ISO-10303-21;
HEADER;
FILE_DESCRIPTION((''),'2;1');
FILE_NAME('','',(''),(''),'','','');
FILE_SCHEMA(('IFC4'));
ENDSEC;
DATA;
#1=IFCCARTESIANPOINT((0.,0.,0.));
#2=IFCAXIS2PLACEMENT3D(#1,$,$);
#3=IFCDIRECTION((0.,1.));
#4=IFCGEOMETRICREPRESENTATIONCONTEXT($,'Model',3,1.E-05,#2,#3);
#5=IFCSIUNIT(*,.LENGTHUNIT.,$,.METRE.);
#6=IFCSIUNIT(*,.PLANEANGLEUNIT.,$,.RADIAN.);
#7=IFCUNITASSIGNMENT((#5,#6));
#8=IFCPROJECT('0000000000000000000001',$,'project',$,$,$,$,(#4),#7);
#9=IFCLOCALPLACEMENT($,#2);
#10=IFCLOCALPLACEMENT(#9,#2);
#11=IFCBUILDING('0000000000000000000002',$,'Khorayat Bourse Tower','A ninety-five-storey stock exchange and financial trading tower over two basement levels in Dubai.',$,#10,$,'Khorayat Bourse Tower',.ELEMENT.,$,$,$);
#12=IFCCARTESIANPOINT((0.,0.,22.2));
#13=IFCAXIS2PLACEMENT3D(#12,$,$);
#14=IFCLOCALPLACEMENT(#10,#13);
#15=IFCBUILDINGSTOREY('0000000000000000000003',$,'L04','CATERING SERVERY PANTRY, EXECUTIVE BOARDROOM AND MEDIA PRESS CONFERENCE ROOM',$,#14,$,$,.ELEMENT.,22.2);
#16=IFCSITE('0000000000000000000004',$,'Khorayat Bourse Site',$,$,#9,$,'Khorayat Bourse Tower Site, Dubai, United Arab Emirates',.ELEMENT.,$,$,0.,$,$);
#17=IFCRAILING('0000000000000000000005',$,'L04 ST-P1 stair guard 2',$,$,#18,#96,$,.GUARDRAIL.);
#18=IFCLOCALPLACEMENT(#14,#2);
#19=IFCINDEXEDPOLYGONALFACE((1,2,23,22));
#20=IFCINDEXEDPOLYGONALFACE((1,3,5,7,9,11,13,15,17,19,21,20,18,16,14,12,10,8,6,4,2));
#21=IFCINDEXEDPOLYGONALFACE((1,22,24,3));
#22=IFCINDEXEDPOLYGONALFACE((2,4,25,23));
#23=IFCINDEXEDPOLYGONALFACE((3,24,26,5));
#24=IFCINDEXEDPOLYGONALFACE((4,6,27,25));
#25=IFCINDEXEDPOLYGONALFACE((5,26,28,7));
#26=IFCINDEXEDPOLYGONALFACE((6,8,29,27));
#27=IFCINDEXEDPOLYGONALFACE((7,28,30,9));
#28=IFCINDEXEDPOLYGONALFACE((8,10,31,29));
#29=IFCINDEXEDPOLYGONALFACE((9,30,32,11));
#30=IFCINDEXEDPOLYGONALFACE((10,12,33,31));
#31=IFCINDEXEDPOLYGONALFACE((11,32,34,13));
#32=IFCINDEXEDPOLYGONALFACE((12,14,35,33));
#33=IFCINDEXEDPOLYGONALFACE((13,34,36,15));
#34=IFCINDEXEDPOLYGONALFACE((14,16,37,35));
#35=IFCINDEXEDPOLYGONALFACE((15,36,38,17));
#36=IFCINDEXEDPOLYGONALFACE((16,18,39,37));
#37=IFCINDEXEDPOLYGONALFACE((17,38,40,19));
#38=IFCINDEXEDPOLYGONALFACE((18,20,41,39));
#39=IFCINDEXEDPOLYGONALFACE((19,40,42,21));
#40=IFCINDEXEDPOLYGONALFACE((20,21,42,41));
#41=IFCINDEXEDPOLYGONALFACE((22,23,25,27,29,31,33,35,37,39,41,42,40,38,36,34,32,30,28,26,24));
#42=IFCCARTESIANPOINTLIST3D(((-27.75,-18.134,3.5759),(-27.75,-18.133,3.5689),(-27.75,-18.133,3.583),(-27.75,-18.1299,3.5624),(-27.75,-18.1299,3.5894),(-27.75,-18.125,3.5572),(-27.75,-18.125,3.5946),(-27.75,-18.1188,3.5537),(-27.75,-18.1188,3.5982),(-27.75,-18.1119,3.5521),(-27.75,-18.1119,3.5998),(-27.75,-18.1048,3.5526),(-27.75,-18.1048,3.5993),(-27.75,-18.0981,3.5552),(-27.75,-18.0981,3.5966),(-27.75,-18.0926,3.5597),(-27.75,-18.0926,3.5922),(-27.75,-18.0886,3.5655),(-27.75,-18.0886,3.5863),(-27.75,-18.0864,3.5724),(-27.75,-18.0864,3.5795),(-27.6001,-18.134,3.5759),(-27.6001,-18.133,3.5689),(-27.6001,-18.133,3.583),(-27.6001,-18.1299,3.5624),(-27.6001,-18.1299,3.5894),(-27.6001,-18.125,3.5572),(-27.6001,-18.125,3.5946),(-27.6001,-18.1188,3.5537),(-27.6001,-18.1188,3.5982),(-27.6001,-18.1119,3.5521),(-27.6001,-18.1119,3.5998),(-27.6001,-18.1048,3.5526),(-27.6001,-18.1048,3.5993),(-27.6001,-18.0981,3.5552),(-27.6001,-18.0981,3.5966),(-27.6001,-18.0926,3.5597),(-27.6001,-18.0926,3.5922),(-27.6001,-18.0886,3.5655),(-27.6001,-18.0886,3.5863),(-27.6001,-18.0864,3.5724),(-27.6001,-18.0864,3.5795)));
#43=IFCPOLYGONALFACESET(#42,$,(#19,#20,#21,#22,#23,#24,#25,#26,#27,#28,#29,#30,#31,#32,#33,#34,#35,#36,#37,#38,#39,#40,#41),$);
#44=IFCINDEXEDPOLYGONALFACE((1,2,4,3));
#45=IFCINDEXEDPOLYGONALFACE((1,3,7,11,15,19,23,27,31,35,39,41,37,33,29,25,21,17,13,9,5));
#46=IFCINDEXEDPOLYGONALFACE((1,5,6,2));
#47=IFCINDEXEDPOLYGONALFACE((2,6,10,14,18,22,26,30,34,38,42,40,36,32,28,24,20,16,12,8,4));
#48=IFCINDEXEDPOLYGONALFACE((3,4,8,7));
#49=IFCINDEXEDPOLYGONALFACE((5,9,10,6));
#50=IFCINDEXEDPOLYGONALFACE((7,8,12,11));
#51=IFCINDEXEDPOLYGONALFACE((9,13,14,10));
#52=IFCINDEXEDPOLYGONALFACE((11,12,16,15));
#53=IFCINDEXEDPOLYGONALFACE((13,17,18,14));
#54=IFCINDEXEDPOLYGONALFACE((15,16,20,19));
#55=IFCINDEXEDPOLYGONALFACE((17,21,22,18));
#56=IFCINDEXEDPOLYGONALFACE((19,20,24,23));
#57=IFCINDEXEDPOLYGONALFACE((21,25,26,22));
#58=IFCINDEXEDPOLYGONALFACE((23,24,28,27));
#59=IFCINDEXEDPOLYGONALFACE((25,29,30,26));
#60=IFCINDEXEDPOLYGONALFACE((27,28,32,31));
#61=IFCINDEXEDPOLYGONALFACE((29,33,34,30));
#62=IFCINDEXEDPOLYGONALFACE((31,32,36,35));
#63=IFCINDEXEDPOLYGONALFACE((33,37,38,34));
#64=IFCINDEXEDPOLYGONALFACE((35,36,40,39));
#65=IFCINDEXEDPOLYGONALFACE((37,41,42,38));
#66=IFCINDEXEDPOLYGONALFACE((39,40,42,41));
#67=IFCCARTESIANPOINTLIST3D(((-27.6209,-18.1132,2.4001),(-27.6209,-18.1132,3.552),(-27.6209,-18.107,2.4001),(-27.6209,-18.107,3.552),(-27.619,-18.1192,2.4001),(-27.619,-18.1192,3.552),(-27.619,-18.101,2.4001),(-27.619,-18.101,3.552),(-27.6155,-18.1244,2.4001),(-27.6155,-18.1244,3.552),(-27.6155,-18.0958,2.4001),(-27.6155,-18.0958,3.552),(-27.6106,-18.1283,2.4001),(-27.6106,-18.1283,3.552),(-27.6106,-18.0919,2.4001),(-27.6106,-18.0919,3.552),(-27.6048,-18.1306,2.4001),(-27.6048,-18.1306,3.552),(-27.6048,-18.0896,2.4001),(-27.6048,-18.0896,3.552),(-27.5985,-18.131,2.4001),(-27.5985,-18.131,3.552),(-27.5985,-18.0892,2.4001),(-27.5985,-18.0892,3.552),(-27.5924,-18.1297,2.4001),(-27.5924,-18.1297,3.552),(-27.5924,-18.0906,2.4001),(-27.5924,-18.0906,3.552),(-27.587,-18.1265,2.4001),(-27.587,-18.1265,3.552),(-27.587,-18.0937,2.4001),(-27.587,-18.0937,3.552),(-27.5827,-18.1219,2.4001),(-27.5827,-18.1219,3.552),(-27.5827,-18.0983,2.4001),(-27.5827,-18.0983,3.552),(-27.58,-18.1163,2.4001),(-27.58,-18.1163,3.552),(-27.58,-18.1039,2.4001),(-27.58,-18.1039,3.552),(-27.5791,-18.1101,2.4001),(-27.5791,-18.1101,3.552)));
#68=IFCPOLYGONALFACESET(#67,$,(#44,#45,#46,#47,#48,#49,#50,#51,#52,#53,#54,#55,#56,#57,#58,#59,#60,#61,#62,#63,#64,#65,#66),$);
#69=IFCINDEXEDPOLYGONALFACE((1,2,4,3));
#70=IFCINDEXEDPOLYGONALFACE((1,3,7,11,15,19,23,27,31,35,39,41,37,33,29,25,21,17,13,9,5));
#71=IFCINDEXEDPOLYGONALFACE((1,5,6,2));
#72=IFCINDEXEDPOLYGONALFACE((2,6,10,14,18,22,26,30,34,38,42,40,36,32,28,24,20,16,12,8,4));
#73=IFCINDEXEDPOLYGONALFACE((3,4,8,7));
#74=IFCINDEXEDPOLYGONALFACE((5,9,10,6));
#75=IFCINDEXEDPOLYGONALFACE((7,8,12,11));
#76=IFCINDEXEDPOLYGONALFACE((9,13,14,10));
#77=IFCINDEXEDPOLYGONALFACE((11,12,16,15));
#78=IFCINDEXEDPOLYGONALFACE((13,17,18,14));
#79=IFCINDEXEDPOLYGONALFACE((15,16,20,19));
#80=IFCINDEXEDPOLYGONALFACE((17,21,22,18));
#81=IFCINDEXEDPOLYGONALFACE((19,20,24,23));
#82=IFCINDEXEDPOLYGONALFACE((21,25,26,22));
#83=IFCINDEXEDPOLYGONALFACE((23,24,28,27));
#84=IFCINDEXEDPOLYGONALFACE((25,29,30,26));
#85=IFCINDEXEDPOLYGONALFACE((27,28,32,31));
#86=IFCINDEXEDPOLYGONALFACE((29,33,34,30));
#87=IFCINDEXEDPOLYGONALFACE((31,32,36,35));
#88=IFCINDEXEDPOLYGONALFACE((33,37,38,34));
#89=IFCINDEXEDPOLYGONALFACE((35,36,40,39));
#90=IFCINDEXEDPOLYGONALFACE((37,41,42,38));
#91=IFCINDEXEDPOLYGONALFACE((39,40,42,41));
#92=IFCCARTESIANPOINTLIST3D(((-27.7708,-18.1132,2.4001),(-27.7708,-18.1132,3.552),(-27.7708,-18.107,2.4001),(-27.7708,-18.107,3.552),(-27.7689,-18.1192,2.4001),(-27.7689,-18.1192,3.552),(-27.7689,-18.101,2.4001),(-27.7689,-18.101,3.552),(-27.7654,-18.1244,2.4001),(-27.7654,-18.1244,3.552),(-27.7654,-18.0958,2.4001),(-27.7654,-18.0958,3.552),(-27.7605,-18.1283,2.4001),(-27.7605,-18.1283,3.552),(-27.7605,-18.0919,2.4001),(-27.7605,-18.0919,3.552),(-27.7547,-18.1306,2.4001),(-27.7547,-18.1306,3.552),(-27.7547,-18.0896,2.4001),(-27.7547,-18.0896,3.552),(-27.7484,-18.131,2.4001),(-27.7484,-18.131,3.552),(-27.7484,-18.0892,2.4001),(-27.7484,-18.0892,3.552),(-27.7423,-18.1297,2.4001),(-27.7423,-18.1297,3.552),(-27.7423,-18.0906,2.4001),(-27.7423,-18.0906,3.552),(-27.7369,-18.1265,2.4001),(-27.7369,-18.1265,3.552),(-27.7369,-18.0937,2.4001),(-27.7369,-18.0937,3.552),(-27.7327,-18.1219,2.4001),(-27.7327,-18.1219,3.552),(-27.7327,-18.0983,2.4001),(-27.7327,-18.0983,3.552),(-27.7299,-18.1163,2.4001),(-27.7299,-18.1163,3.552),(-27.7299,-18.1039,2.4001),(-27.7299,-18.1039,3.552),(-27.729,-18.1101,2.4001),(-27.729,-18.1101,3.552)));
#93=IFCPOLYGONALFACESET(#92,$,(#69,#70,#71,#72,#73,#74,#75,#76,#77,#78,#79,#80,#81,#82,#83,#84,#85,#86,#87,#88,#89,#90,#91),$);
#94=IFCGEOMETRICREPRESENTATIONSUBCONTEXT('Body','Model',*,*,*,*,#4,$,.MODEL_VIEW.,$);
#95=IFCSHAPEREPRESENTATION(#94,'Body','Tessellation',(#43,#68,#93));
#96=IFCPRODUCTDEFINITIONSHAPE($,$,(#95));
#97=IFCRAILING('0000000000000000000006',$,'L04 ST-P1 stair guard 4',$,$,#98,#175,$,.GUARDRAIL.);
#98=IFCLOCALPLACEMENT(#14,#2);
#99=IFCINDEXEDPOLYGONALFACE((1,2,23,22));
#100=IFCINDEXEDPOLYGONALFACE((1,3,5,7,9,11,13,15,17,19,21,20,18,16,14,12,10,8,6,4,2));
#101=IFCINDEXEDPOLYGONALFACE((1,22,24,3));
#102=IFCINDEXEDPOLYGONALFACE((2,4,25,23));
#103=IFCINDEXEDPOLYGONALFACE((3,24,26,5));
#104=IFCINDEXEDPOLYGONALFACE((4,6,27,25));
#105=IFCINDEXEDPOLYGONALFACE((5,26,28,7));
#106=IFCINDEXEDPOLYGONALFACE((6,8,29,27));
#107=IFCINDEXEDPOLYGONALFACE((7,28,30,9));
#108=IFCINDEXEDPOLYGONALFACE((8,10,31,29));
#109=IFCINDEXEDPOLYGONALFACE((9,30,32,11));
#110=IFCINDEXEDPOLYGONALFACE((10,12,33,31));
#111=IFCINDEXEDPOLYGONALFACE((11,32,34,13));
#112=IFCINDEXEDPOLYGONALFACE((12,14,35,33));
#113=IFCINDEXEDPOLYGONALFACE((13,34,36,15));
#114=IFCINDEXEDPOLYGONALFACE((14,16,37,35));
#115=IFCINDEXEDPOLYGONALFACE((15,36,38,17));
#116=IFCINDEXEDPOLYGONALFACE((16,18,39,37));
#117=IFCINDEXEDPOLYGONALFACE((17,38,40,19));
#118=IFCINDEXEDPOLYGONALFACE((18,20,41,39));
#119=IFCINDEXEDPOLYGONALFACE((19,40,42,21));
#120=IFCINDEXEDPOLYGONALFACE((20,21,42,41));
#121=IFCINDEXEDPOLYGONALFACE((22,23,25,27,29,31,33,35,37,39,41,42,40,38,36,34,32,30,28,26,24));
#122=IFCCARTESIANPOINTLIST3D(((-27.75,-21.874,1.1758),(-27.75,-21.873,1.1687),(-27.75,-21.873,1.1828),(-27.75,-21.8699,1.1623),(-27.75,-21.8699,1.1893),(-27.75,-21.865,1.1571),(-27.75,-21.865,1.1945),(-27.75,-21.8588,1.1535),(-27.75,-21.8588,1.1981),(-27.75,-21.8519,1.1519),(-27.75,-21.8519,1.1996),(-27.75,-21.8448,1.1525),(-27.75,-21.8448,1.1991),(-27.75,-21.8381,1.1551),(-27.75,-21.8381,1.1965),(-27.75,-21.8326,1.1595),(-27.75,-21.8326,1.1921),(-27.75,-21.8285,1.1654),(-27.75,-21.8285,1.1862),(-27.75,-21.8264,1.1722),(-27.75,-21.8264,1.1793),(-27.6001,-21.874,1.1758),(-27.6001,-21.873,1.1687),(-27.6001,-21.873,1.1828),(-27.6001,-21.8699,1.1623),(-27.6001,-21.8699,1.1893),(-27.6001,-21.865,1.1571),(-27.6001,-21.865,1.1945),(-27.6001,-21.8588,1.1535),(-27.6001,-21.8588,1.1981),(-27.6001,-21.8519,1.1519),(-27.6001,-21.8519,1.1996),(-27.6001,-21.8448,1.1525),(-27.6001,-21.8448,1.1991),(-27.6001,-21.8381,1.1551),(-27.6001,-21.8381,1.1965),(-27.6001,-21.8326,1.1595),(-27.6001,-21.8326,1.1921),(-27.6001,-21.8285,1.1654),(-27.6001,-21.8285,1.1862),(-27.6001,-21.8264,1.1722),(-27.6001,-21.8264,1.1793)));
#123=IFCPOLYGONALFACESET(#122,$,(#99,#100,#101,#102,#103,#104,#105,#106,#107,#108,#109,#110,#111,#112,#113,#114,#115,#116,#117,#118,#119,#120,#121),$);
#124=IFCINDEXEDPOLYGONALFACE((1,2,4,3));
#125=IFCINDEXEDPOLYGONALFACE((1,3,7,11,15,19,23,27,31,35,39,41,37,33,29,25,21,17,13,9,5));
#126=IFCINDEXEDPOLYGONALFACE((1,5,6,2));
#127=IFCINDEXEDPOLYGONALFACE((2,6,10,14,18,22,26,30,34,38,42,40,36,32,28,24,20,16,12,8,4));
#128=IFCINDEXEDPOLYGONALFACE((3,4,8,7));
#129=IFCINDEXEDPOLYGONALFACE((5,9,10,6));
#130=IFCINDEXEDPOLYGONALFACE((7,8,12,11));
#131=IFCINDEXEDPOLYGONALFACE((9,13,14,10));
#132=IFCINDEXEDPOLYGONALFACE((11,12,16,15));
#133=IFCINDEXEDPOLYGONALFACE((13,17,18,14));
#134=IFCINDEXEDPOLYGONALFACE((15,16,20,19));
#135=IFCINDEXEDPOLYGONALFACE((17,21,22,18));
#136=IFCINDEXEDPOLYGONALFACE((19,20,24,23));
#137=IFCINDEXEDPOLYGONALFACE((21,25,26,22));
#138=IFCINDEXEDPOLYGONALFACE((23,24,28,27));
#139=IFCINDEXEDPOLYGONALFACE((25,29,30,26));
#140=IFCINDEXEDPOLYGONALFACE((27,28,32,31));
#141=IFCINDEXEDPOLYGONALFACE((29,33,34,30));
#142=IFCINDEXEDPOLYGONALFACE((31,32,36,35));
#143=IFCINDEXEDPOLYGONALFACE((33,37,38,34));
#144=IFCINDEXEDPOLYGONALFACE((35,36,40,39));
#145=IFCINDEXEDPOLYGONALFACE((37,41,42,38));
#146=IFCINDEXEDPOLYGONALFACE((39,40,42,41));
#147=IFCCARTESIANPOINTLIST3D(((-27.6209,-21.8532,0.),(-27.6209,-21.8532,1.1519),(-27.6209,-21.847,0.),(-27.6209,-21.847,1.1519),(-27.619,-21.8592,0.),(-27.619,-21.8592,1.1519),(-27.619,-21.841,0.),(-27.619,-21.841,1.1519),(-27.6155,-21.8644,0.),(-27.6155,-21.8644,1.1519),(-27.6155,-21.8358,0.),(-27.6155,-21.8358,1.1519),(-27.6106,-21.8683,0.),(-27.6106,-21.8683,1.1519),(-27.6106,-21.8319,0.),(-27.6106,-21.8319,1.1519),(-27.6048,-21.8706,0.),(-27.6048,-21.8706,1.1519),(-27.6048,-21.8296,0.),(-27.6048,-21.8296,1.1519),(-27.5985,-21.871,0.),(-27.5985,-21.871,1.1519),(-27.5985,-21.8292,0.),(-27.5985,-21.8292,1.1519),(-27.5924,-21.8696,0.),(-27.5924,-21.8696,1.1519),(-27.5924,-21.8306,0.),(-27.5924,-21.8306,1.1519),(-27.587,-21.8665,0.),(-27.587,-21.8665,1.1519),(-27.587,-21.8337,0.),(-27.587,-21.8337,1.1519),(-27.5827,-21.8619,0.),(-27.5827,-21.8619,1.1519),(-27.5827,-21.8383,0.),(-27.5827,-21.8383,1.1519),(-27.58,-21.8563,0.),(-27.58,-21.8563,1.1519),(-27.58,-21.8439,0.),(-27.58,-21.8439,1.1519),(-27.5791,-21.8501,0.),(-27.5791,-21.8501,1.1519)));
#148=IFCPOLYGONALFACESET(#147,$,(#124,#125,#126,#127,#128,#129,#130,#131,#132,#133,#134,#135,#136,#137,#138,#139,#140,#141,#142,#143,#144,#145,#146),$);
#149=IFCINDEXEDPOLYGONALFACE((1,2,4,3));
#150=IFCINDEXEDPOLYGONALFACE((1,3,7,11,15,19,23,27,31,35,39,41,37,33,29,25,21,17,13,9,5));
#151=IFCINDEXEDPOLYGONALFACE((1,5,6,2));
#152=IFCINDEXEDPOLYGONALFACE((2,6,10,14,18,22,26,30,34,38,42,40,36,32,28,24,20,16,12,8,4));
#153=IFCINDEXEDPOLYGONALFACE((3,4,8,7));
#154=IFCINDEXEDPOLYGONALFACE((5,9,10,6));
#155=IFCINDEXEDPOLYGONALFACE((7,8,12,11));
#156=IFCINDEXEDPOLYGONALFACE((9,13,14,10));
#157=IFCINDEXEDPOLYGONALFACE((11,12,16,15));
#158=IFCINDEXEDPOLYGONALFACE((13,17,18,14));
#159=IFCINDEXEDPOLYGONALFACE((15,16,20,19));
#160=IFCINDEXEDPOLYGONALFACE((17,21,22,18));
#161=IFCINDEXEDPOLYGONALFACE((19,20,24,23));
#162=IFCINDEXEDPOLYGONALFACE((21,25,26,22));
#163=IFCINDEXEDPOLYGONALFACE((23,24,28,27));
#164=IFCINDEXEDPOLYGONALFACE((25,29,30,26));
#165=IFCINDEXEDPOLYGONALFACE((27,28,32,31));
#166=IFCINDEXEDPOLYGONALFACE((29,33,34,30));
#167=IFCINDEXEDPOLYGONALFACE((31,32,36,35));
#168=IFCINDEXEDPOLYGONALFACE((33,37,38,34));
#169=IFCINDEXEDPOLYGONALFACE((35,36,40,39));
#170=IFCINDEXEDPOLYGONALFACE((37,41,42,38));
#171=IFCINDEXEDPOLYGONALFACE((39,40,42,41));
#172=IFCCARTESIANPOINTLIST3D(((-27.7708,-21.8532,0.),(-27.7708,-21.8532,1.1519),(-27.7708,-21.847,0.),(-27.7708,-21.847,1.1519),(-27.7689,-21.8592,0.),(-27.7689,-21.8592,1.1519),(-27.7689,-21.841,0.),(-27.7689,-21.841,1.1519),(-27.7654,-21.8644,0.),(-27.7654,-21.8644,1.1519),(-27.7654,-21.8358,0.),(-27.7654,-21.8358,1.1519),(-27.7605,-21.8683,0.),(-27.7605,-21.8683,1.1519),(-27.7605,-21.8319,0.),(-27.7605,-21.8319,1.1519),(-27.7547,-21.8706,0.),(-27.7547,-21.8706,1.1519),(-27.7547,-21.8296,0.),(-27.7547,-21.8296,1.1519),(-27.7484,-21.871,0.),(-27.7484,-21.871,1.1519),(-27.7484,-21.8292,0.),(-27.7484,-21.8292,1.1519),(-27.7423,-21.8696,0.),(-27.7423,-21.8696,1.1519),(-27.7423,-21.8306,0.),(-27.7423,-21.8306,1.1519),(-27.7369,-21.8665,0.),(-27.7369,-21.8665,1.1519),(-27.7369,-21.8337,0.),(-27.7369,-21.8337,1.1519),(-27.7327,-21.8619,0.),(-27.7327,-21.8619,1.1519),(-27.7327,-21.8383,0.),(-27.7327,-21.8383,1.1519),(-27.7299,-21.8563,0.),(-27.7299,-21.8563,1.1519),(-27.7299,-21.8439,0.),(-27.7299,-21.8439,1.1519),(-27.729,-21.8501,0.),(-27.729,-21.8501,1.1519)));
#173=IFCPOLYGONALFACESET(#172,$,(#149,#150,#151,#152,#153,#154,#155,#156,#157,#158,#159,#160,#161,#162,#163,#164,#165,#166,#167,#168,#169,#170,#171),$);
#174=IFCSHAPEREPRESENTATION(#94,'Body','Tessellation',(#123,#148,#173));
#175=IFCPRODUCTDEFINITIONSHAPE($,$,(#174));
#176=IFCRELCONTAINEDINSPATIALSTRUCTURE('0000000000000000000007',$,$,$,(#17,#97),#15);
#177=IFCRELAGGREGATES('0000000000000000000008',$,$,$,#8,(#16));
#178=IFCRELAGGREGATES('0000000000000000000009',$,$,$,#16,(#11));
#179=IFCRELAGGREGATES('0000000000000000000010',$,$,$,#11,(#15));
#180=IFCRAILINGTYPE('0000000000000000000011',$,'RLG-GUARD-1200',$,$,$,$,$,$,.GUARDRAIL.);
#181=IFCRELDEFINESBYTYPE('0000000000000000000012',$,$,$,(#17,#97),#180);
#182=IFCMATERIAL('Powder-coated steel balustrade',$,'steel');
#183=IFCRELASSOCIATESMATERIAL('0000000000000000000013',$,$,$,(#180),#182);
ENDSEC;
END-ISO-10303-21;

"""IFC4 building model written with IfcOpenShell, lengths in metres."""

from ifc_helpers import new_model, si_unit, direction, frame, origin, origin_2d, place, context, subcontext, project, spatial, circle, extrude, source, transform, mapped, material, type_object, element, save


model = new_model("IFC4")

# Units and contexts
model_context = context("Model", 3, precision=1e-05, world=origin(), true_north=direction((0.0, 1.0)))
body_context = subcontext(model_context, "Body", "Model", "MODEL_VIEW")
ifc_project = project(units=[si_unit("LENGTHUNIT", "METRE"), si_unit("PLANEANGLEUNIT", "RADIAN")], contexts=[model_context])

# Site, building, storey
site_placement = place(None, origin())
site = spatial("IfcSite", under=ifc_project, at=site_placement, Name="Khorayat Bourse Site", LongName="Khorayat Bourse Tower Site, Dubai, United Arab Emirates", CompositionType="ELEMENT", RefElevation=0.0)
building_placement = place(site_placement, origin())
building = spatial("IfcBuilding", under=site, at=building_placement, Name="Khorayat Bourse Tower", Description="A ninety-five-storey stock exchange and financial trading tower over two basement levels in Dubai.", LongName="Khorayat Bourse Tower", CompositionType="ELEMENT")
storey_placement = place(building_placement, frame((0.0, 0.0, 22.2)))
storey = spatial("IfcBuildingStorey", under=building, at=storey_placement, Name="L04", Description="CATERING SERVERY PANTRY, EXECUTIVE BOARDROOM AND MEDIA PRESS CONFERENCE ROOM", CompositionType="ELEMENT", Elevation=22.2)

# Railings
ifc_material_1 = material(Name="Powder-coated steel balustrade", Category="steel")
railing_type_1 = type_object("IfcRailingType", Name="RLG-GUARD-1200", PredefinedType="GUARDRAIL", material=ifc_material_1)
shared_shape_1 = source(origin(), body_context, "Body", "SweptSolid", [
    extrude(circle(Radius=0.0239, at=origin_2d()), frame((0.0, 0.0, 1.1758), z_axis=(-1.0, 0.0, 0.0), x_axis=(0.0, -1.0, 0.0)), (0.0, 0.0, 1.0), 0.1499),
    extrude(circle(Radius=0.021, at=origin_2d()), origin(), (0.0, 0.0, 1.0), 1.1519),
    extrude(circle(Radius=0.021, at=origin_2d()), frame((-0.1499, 0.0, 0.0)), (0.0, 0.0, 1.0), 1.1519),
])
for number, where, name in (
    (1, (-27.6001, -18.1101, 2.4001), "L04 ST-P1 stair guard 2"),
    (2, (-27.6001, -21.8501, 0.0), "L04 ST-P1 stair guard 4"),
):
    element("IfcRailing", number, at=place(storey_placement, frame(where)), inside=storey, type_object=railing_type_1, Name=name, PredefinedType="GUARDRAIL", context=body_context, shape_type="MappedRepresentation", body=[
        mapped(shared_shape_1, transform((0.0, 0.0, 0.0), scale=1.0)),
    ])

save(model, "model.ifc")
